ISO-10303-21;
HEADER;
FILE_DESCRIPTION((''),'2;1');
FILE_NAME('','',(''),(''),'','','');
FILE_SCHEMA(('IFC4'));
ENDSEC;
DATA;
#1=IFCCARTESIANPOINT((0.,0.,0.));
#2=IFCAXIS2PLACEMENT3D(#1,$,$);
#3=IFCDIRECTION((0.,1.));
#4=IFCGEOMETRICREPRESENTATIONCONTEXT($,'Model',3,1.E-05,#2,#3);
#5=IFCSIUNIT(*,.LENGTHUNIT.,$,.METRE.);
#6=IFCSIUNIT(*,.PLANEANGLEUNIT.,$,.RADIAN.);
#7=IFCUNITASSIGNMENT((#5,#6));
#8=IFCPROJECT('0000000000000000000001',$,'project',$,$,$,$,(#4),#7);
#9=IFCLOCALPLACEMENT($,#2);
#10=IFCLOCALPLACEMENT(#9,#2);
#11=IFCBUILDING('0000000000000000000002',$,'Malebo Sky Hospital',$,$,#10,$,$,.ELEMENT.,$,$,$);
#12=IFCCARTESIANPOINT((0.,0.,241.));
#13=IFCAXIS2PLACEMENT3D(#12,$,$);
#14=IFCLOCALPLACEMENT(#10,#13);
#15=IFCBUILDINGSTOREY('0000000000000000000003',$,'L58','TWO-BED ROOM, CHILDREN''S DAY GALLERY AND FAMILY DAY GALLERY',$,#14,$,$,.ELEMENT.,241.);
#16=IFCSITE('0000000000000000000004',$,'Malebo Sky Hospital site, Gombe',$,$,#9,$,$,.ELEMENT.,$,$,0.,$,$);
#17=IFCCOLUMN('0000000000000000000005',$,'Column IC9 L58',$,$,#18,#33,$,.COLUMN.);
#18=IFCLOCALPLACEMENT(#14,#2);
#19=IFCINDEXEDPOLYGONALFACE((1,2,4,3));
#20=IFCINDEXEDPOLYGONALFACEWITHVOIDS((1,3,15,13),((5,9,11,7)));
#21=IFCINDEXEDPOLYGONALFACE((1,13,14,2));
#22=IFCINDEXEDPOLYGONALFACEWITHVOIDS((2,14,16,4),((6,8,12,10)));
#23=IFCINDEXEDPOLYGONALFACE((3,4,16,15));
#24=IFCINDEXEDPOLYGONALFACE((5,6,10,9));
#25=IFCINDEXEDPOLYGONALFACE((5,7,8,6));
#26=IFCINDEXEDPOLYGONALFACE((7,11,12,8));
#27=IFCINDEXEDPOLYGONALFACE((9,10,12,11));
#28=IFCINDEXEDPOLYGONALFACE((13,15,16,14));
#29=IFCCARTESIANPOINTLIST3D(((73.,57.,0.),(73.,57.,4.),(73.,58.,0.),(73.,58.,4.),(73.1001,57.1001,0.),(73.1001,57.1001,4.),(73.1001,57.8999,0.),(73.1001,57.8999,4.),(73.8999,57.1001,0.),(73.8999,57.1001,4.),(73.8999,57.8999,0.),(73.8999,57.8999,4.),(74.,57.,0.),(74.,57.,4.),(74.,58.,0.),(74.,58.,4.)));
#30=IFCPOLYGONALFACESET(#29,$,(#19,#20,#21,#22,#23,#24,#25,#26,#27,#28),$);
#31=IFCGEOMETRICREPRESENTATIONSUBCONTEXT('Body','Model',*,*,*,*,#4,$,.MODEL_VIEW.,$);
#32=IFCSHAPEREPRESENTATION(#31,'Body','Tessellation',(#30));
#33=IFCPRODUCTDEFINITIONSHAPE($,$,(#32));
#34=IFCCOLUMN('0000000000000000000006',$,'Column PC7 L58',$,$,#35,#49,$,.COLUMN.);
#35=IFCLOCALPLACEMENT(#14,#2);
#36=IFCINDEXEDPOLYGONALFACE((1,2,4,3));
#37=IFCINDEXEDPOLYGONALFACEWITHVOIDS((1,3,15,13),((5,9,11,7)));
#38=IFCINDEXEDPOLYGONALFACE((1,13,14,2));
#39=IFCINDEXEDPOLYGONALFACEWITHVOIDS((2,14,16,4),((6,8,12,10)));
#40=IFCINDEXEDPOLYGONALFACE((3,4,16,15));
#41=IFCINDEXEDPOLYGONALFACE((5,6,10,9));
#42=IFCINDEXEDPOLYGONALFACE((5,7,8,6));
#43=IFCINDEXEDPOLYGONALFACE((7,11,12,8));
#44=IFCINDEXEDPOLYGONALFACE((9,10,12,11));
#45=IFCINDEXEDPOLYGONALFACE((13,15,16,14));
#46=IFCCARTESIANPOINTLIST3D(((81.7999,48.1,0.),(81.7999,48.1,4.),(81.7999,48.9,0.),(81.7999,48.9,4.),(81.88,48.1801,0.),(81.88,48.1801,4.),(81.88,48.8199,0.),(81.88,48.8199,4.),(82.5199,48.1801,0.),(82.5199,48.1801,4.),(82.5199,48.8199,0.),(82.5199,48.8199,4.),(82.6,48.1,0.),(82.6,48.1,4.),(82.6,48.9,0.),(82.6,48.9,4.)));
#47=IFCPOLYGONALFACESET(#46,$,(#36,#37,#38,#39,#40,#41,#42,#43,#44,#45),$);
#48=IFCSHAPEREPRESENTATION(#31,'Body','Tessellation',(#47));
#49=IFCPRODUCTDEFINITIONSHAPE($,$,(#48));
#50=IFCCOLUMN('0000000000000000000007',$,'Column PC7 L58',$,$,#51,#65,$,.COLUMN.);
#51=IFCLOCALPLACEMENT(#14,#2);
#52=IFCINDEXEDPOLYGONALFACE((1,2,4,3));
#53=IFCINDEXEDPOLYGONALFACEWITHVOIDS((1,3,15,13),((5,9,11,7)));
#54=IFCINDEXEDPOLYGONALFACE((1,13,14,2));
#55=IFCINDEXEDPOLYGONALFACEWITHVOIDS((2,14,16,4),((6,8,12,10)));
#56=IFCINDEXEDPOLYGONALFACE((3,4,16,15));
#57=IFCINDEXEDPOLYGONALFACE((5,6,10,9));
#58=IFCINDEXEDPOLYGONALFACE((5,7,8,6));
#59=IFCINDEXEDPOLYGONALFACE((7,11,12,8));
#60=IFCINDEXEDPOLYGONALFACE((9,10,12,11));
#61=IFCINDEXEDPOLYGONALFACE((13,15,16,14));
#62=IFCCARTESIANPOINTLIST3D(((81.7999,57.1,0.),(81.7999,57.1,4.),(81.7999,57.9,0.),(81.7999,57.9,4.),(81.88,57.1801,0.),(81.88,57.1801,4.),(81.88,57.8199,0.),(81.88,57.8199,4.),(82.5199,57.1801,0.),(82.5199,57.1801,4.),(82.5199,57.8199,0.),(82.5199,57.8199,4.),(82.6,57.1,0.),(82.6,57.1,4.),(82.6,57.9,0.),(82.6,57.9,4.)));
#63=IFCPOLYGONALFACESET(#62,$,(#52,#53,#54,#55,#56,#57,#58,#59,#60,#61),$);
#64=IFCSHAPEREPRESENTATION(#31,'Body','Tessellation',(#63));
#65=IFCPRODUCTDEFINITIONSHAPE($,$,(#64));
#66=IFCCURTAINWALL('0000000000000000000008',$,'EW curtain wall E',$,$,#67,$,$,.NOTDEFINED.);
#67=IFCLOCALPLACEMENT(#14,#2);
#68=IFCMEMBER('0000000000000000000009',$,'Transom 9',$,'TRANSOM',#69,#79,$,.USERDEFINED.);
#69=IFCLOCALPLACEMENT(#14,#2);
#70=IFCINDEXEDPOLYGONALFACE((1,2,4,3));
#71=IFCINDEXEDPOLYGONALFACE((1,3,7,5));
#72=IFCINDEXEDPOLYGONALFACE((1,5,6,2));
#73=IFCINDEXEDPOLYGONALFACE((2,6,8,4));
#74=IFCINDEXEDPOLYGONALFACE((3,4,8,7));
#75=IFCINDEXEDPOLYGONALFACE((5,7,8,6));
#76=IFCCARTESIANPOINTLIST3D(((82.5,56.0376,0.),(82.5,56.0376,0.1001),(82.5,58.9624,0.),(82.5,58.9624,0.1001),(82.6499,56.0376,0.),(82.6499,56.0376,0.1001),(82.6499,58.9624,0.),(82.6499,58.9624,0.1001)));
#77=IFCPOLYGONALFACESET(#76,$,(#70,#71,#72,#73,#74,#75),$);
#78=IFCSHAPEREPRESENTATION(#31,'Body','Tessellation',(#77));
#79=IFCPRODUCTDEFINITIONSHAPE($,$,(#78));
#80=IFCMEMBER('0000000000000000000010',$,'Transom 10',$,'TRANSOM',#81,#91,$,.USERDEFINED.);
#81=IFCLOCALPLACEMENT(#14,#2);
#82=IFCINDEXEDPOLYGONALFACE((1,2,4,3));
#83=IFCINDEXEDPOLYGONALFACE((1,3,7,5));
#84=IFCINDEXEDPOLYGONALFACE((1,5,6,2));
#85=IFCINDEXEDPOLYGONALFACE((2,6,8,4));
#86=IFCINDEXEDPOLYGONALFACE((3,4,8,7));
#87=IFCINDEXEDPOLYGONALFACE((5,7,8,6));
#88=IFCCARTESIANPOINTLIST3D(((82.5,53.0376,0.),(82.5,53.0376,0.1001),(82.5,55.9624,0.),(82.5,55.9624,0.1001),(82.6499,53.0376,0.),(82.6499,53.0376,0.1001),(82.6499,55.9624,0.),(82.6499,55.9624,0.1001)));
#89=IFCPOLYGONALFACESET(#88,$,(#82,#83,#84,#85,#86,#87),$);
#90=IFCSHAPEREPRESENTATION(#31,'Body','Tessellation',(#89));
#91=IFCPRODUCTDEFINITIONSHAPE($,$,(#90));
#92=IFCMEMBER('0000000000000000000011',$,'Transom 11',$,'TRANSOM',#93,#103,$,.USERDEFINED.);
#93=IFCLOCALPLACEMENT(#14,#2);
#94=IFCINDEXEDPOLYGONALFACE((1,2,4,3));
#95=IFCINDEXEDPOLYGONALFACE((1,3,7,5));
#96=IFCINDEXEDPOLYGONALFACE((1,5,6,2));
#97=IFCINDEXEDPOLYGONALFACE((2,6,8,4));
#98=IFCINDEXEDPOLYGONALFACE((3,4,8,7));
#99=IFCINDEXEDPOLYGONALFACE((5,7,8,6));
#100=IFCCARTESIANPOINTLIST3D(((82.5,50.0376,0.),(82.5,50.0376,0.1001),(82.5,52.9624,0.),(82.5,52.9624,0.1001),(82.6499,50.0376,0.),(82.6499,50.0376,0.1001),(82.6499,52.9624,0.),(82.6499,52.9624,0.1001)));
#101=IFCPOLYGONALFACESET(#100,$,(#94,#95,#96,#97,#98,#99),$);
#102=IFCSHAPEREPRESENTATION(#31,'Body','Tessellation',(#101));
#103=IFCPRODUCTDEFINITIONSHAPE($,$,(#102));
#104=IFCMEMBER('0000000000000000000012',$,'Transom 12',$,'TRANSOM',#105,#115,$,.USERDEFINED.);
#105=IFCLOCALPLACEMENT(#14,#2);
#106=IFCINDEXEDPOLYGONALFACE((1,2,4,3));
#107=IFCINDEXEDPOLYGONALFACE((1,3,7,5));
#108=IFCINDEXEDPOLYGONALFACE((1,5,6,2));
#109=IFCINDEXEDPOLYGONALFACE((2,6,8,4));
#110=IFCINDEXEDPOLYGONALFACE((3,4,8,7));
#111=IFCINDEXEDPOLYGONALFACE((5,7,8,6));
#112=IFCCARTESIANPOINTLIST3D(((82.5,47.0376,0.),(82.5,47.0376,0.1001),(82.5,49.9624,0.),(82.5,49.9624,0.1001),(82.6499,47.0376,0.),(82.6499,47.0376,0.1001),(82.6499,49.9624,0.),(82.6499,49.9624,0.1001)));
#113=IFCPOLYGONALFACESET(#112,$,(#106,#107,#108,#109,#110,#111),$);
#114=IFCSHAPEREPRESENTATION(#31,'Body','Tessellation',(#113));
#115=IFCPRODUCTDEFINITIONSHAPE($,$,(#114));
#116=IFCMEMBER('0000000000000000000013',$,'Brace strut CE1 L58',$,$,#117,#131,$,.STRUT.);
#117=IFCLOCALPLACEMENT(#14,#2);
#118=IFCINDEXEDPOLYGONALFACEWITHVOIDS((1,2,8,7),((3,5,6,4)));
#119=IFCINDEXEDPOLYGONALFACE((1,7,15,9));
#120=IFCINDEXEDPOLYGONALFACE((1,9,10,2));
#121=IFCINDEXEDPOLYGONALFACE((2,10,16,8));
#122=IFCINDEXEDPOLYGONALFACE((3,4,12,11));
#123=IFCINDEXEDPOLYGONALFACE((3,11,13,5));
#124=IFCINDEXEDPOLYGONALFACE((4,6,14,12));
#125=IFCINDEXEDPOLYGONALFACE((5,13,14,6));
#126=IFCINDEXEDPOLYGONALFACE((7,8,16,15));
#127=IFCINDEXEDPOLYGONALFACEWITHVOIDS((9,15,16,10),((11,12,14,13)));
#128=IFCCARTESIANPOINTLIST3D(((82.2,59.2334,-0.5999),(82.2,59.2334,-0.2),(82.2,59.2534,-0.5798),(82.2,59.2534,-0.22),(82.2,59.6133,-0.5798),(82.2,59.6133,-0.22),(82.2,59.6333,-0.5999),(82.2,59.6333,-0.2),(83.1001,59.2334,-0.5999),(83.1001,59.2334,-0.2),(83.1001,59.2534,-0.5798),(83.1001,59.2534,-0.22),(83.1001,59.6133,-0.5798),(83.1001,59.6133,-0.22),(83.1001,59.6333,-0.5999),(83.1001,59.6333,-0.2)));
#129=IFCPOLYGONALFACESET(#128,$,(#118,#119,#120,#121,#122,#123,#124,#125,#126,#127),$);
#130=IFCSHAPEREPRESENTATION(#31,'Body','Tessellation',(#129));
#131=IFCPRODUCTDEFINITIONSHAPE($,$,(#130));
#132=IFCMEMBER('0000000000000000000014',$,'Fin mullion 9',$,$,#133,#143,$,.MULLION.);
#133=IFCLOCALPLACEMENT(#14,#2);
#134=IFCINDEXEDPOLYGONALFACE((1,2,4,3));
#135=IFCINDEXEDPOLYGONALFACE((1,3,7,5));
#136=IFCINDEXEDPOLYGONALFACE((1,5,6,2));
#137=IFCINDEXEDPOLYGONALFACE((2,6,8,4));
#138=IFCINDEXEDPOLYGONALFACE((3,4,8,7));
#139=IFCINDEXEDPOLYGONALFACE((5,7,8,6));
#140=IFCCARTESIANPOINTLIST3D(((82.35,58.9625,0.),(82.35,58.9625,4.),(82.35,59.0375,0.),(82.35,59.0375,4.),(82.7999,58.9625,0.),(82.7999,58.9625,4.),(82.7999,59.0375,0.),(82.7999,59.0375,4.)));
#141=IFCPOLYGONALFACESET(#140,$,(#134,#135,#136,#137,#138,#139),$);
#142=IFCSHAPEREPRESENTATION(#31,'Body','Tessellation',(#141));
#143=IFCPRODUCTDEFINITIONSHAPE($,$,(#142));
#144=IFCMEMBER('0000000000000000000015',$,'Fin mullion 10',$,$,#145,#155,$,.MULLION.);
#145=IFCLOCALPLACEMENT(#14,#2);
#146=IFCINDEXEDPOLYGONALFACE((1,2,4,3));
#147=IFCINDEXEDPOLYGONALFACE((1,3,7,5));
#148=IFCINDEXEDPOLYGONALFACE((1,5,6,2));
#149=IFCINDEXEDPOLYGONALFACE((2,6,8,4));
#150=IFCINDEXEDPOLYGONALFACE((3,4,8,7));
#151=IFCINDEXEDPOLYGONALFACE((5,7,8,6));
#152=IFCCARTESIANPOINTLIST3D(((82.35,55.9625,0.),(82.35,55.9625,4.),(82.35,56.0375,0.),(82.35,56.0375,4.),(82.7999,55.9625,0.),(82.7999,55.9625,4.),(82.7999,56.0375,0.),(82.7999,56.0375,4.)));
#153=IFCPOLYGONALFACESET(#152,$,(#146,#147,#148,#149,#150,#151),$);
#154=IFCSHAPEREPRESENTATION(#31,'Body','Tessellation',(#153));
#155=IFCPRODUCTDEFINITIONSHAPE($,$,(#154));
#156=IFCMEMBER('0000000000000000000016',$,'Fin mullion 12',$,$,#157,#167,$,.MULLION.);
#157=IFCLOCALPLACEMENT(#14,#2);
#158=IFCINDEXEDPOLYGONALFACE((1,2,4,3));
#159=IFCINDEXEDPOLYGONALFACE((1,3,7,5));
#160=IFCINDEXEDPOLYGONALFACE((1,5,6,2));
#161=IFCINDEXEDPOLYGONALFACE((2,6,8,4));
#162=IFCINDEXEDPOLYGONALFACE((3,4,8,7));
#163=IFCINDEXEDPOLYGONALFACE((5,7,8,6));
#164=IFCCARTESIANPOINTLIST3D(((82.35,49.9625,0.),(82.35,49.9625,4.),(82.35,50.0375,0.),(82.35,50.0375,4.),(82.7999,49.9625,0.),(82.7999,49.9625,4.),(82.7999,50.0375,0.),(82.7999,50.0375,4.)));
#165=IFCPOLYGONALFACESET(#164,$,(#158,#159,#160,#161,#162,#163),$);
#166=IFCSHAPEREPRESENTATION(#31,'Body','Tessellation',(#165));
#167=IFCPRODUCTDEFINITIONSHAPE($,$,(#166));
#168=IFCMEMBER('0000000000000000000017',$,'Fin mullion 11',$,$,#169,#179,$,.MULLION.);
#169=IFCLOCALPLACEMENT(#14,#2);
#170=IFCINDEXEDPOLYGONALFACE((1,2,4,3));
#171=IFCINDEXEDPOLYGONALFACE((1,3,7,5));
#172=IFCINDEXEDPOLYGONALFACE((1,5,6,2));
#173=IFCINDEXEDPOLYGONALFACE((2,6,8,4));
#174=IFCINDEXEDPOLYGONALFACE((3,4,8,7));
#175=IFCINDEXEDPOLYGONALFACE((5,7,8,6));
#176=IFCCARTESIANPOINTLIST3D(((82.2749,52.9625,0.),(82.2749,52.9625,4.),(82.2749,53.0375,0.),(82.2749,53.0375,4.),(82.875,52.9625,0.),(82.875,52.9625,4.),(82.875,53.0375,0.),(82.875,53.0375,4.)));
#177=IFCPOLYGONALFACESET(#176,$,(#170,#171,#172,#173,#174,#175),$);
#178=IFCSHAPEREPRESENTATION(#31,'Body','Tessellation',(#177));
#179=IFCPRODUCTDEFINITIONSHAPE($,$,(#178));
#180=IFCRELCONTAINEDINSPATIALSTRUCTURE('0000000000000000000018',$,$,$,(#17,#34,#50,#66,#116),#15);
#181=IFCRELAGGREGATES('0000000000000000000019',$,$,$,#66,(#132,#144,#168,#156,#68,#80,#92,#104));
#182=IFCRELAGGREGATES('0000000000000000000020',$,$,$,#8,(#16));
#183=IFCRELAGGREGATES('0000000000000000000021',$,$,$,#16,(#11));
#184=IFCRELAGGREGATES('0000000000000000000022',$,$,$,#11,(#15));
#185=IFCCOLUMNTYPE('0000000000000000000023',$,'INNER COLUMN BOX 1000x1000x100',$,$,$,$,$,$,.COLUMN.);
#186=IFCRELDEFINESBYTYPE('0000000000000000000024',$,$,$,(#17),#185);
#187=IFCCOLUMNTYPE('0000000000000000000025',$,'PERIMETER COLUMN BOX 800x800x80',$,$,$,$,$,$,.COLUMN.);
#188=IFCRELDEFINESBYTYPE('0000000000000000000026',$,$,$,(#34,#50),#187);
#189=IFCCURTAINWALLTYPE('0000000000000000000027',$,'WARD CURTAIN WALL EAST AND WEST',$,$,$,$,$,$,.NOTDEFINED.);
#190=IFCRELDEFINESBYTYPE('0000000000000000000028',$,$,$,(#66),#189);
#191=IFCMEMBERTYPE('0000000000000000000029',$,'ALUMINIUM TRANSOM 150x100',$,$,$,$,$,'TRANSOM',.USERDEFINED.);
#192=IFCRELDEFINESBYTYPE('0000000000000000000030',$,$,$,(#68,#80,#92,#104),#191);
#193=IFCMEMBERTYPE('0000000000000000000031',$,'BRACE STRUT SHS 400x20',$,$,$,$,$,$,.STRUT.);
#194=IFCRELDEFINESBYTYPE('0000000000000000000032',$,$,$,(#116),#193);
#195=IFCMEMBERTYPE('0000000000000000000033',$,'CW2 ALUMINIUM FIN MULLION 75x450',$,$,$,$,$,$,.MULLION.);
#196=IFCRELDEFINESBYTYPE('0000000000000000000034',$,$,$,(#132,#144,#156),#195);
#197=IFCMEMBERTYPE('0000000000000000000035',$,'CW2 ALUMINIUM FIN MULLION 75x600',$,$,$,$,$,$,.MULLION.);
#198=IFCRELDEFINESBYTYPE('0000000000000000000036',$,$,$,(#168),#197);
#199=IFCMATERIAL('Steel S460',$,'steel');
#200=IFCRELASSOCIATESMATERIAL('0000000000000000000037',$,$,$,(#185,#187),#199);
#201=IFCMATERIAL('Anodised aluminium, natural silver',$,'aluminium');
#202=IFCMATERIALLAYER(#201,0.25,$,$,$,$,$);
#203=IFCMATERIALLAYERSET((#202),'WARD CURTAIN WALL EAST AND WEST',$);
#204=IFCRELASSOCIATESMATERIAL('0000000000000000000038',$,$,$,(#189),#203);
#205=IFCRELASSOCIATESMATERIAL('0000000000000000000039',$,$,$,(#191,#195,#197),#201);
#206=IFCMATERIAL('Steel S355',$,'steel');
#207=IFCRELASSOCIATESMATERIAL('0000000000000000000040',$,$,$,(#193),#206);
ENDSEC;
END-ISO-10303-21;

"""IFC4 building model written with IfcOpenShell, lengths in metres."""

from ifc_helpers import new_model, si_unit, direction, frame, origin, origin_2d, place, context, subcontext, project, spatial, rectangle, hollow_rectangle, extrude, material, layer, layer_set, material_profile, profile_set, type_object, element, aggregate, save


model = new_model("IFC4")

# Units and contexts
model_context = context("Model", 3, precision=1e-05, world=origin(), true_north=direction((0.0, 1.0)))
body_context = subcontext(model_context, "Body", "Model", "MODEL_VIEW")
ifc_project = project(units=[si_unit("LENGTHUNIT", "METRE"), si_unit("PLANEANGLEUNIT", "RADIAN")], contexts=[model_context])

# Site, building, storey
site_placement = place(None, origin())
site = spatial("IfcSite", under=ifc_project, at=site_placement, Name="Malebo Sky Hospital site, Gombe", CompositionType="ELEMENT", RefElevation=0.0)
building_placement = place(site_placement, origin())
building = spatial("IfcBuilding", under=site, at=building_placement, Name="Malebo Sky Hospital", CompositionType="ELEMENT")
storey_placement = place(building_placement, frame((0.0, 0.0, 241.0)))
storey = spatial("IfcBuildingStorey", under=building, at=storey_placement, Name="L58", Description="TWO-BED ROOM, CHILDREN'S DAY GALLERY AND FAMILY DAY GALLERY", CompositionType="ELEMENT", Elevation=241.0)

# Columns
ifc_material_1 = material(Name="Steel S460", Category="steel")
ifc_material_profile_1 = material_profile(ifc_material_1, hollow_rectangle(XDim=1.0, YDim=1.0, WallThickness=0.1001, at=origin_2d()), Name="BOX 1000x1000x100")
ifc_profile_set_1 = profile_set([ifc_material_profile_1], Name="Steel S460")
column_type_1 = type_object("IfcColumnType", Name="INNER COLUMN BOX 1000x1000x100", PredefinedType="COLUMN", material=ifc_profile_set_1)
column_placement = place(storey_placement, frame((73.5, 57.5, 0.0), z_axis=(0.0, 0.0, 1.0), x_axis=(1.0, 0.0, 0.0)))
element("IfcColumn", 1, at=column_placement, inside=storey, type_object=column_type_1, Name="Column IC9 L58", PredefinedType="COLUMN", context=body_context, shape_type="SweptSolid", body=[
    extrude(hollow_rectangle(XDim=1.0, YDim=1.0, WallThickness=0.1001, at=origin_2d()), origin(), (0.0, 0.0, 1.0), 4.0),
])
ifc_material_profile_2 = material_profile(ifc_material_1, hollow_rectangle(XDim=0.8, YDim=0.8, WallThickness=0.0801, at=origin_2d()), Name="BOX 800x800x80")
ifc_profile_set_2 = profile_set([ifc_material_profile_2], Name="Steel S460")
column_type_2 = type_object("IfcColumnType", Name="PERIMETER COLUMN BOX 800x800x80", PredefinedType="COLUMN", material=ifc_profile_set_2)
for number, where, z_axis, x_axis, name in (
    (2, (82.2, 48.5, 0.0), (0.0, 0.0, 1.0), (1.0, 0.0, 0.0), "Column PC7 L58"),
    (3, (82.2, 57.5, 0.0), (0.0, 0.0, 1.0), (1.0, 0.0, 0.0), "Column PC7 L58"),
):
    element("IfcColumn", number, at=place(storey_placement, frame(where, z_axis=z_axis, x_axis=x_axis)), inside=storey, type_object=column_type_2, Name=name, PredefinedType="COLUMN", context=body_context, shape_type="SweptSolid", body=[
        extrude(hollow_rectangle(XDim=0.8, YDim=0.8, WallThickness=0.0801, at=origin_2d()), origin(), (0.0, 0.0, 1.0), 4.0),
    ])

# Curtain wall, members
ifc_material_2 = material(Name="Anodised aluminium, natural silver", Category="aluminium")
ifc_layer_1 = layer(ifc_material_2, 0.25)
ifc_layer_set_1 = layer_set([ifc_layer_1], Name="WARD CURTAIN WALL EAST AND WEST")
curtain_wall_type = type_object("IfcCurtainWallType", Name="WARD CURTAIN WALL EAST AND WEST", PredefinedType="NOTDEFINED", material=ifc_layer_set_1)
curtain_wall_placement = place(storey_placement, origin())
curtain_wall = element("IfcCurtainWall", 4, at=curtain_wall_placement, inside=storey, type_object=curtain_wall_type, Name="EW curtain wall E", PredefinedType="NOTDEFINED")
ifc_material_profile_3 = material_profile(ifc_material_2, rectangle(XDim=0.1499, YDim=0.1001, at=origin_2d()), Name="ALUMINIUM TRANSOM 150x100")
ifc_profile_set_3 = profile_set([ifc_material_profile_3], Name="Anodised aluminium, natural silver")
member_type_1 = type_object("IfcMemberType", Name="ALUMINIUM TRANSOM 150x100", ElementType="TRANSOM", PredefinedType="USERDEFINED", material=ifc_profile_set_3)
member_1_placement = place(storey_placement, frame((82.575, 58.9624, 0.05), z_axis=(0.0, -1.0, 0.0), x_axis=(1.0, 0.0, 0.0)))
member_1 = element("IfcMember", 5, at=member_1_placement, type_object=member_type_1, Name="Transom 9", ObjectType="TRANSOM", PredefinedType="USERDEFINED", context=body_context, shape_type="SweptSolid", body=[
    extrude(rectangle(XDim=0.1499, YDim=0.1001, at=origin_2d()), origin(), (0.0, 0.0, 1.0), 2.9248),
])
member_2_placement = place(storey_placement, frame((82.575, 55.9624, 0.05), z_axis=(0.0, -1.0, 0.0), x_axis=(1.0, 0.0, 0.0)))
member_2 = element("IfcMember", 6, at=member_2_placement, type_object=member_type_1, Name="Transom 10", ObjectType="TRANSOM", PredefinedType="USERDEFINED", context=body_context, shape_type="SweptSolid", body=[
    extrude(rectangle(XDim=0.1499, YDim=0.1001, at=origin_2d()), origin(), (0.0, 0.0, 1.0), 2.9248),
])
member_3_placement = place(storey_placement, frame((82.575, 52.9624, 0.05), z_axis=(0.0, -1.0, 0.0), x_axis=(1.0, 0.0, 0.0)))
member_3 = element("IfcMember", 7, at=member_3_placement, type_object=member_type_1, Name="Transom 11", ObjectType="TRANSOM", PredefinedType="USERDEFINED", context=body_context, shape_type="SweptSolid", body=[
    extrude(rectangle(XDim=0.1499, YDim=0.1001, at=origin_2d()), origin(), (0.0, 0.0, 1.0), 2.9248),
])
member_4_placement = place(storey_placement, frame((82.575, 49.9624, 0.05), z_axis=(0.0, -1.0, 0.0), x_axis=(1.0, 0.0, 0.0)))
member_4 = element("IfcMember", 8, at=member_4_placement, type_object=member_type_1, Name="Transom 12", ObjectType="TRANSOM", PredefinedType="USERDEFINED", context=body_context, shape_type="SweptSolid", body=[
    extrude(rectangle(XDim=0.1499, YDim=0.1001, at=origin_2d()), origin(), (0.0, 0.0, 1.0), 2.9248),
])

# Members
ifc_material_3 = material(Name="Steel S355", Category="steel")
ifc_material_profile_4 = material_profile(ifc_material_3, hollow_rectangle(XDim=0.3999, YDim=0.3999, WallThickness=0.02, at=origin_2d()), Name="SHS 400x20")
ifc_profile_set_4 = profile_set([ifc_material_profile_4], Name="Steel S355")
member_type_2 = type_object("IfcMemberType", Name="BRACE STRUT SHS 400x20", PredefinedType="STRUT", material=ifc_profile_set_4)
member_5_placement = place(storey_placement, frame((83.1001, 59.4333, -0.3999), z_axis=(-1.0, 0.0, 0.0), x_axis=(0.0, -1.0, 0.0)))
element("IfcMember", 9, at=member_5_placement, inside=storey, type_object=member_type_2, Name="Brace strut CE1 L58", PredefinedType="STRUT", context=body_context, shape_type="SweptSolid", body=[
    extrude(hollow_rectangle(XDim=0.3999, YDim=0.3999, WallThickness=0.02, at=origin_2d()), origin(), (0.0, 0.0, 1.0), 0.9001),
])
ifc_material_profile_5 = material_profile(ifc_material_2, rectangle(XDim=0.075, YDim=0.45, at=origin_2d()), Name="CW2 ALUMINIUM FIN MULLION 75x450")
ifc_profile_set_5 = profile_set([ifc_material_profile_5], Name="Anodised aluminium, natural silver")
member_type_3 = type_object("IfcMemberType", Name="CW2 ALUMINIUM FIN MULLION 75x450", PredefinedType="MULLION", material=ifc_profile_set_5)
member_6_placement = place(storey_placement, frame((82.575, 59.0, 0.0), z_axis=(0.0, 0.0, 1.0), x_axis=(0.0, -1.0, 0.0)))
member_6 = element("IfcMember", 10, at=member_6_placement, type_object=member_type_3, Name="Fin mullion 9", PredefinedType="MULLION", context=body_context, shape_type="SweptSolid", body=[
    extrude(rectangle(XDim=0.075, YDim=0.45, at=origin_2d()), origin(), (0.0, 0.0, 1.0), 4.0),
])
member_7_placement = place(storey_placement, frame((82.575, 56.0, 0.0), z_axis=(0.0, 0.0, 1.0), x_axis=(0.0, -1.0, 0.0)))
member_7 = element("IfcMember", 11, at=member_7_placement, type_object=member_type_3, Name="Fin mullion 10", PredefinedType="MULLION", context=body_context, shape_type="SweptSolid", body=[
    extrude(rectangle(XDim=0.075, YDim=0.45, at=origin_2d()), origin(), (0.0, 0.0, 1.0), 4.0),
])
member_8_placement = place(storey_placement, frame((82.575, 50.0, 0.0), z_axis=(0.0, 0.0, 1.0), x_axis=(0.0, -1.0, 0.0)))
member_8 = element("IfcMember", 12, at=member_8_placement, type_object=member_type_3, Name="Fin mullion 12", PredefinedType="MULLION", context=body_context, shape_type="SweptSolid", body=[
    extrude(rectangle(XDim=0.075, YDim=0.45, at=origin_2d()), origin(), (0.0, 0.0, 1.0), 4.0),
])
ifc_material_profile_6 = material_profile(ifc_material_2, rectangle(XDim=0.075, YDim=0.6001, at=origin_2d()), Name="CW2 ALUMINIUM FIN MULLION 75x600")
ifc_profile_set_6 = profile_set([ifc_material_profile_6], Name="Anodised aluminium, natural silver")
member_type_4 = type_object("IfcMemberType", Name="CW2 ALUMINIUM FIN MULLION 75x600", PredefinedType="MULLION", material=ifc_profile_set_6)
member_9_placement = place(storey_placement, frame((82.575, 53.0, 0.0), z_axis=(0.0, 0.0, 1.0), x_axis=(0.0, -1.0, 0.0)))
member_9 = element("IfcMember", 13, at=member_9_placement, type_object=member_type_4, Name="Fin mullion 11", PredefinedType="MULLION", context=body_context, shape_type="SweptSolid", body=[
    extrude(rectangle(XDim=0.075, YDim=0.6001, at=origin_2d()), origin(), (0.0, 0.0, 1.0), 4.0),
])

aggregate(curtain_wall, [member_6, member_7, member_9, member_8, member_1, member_2, member_3, member_4])

save(model, "model.ifc")
